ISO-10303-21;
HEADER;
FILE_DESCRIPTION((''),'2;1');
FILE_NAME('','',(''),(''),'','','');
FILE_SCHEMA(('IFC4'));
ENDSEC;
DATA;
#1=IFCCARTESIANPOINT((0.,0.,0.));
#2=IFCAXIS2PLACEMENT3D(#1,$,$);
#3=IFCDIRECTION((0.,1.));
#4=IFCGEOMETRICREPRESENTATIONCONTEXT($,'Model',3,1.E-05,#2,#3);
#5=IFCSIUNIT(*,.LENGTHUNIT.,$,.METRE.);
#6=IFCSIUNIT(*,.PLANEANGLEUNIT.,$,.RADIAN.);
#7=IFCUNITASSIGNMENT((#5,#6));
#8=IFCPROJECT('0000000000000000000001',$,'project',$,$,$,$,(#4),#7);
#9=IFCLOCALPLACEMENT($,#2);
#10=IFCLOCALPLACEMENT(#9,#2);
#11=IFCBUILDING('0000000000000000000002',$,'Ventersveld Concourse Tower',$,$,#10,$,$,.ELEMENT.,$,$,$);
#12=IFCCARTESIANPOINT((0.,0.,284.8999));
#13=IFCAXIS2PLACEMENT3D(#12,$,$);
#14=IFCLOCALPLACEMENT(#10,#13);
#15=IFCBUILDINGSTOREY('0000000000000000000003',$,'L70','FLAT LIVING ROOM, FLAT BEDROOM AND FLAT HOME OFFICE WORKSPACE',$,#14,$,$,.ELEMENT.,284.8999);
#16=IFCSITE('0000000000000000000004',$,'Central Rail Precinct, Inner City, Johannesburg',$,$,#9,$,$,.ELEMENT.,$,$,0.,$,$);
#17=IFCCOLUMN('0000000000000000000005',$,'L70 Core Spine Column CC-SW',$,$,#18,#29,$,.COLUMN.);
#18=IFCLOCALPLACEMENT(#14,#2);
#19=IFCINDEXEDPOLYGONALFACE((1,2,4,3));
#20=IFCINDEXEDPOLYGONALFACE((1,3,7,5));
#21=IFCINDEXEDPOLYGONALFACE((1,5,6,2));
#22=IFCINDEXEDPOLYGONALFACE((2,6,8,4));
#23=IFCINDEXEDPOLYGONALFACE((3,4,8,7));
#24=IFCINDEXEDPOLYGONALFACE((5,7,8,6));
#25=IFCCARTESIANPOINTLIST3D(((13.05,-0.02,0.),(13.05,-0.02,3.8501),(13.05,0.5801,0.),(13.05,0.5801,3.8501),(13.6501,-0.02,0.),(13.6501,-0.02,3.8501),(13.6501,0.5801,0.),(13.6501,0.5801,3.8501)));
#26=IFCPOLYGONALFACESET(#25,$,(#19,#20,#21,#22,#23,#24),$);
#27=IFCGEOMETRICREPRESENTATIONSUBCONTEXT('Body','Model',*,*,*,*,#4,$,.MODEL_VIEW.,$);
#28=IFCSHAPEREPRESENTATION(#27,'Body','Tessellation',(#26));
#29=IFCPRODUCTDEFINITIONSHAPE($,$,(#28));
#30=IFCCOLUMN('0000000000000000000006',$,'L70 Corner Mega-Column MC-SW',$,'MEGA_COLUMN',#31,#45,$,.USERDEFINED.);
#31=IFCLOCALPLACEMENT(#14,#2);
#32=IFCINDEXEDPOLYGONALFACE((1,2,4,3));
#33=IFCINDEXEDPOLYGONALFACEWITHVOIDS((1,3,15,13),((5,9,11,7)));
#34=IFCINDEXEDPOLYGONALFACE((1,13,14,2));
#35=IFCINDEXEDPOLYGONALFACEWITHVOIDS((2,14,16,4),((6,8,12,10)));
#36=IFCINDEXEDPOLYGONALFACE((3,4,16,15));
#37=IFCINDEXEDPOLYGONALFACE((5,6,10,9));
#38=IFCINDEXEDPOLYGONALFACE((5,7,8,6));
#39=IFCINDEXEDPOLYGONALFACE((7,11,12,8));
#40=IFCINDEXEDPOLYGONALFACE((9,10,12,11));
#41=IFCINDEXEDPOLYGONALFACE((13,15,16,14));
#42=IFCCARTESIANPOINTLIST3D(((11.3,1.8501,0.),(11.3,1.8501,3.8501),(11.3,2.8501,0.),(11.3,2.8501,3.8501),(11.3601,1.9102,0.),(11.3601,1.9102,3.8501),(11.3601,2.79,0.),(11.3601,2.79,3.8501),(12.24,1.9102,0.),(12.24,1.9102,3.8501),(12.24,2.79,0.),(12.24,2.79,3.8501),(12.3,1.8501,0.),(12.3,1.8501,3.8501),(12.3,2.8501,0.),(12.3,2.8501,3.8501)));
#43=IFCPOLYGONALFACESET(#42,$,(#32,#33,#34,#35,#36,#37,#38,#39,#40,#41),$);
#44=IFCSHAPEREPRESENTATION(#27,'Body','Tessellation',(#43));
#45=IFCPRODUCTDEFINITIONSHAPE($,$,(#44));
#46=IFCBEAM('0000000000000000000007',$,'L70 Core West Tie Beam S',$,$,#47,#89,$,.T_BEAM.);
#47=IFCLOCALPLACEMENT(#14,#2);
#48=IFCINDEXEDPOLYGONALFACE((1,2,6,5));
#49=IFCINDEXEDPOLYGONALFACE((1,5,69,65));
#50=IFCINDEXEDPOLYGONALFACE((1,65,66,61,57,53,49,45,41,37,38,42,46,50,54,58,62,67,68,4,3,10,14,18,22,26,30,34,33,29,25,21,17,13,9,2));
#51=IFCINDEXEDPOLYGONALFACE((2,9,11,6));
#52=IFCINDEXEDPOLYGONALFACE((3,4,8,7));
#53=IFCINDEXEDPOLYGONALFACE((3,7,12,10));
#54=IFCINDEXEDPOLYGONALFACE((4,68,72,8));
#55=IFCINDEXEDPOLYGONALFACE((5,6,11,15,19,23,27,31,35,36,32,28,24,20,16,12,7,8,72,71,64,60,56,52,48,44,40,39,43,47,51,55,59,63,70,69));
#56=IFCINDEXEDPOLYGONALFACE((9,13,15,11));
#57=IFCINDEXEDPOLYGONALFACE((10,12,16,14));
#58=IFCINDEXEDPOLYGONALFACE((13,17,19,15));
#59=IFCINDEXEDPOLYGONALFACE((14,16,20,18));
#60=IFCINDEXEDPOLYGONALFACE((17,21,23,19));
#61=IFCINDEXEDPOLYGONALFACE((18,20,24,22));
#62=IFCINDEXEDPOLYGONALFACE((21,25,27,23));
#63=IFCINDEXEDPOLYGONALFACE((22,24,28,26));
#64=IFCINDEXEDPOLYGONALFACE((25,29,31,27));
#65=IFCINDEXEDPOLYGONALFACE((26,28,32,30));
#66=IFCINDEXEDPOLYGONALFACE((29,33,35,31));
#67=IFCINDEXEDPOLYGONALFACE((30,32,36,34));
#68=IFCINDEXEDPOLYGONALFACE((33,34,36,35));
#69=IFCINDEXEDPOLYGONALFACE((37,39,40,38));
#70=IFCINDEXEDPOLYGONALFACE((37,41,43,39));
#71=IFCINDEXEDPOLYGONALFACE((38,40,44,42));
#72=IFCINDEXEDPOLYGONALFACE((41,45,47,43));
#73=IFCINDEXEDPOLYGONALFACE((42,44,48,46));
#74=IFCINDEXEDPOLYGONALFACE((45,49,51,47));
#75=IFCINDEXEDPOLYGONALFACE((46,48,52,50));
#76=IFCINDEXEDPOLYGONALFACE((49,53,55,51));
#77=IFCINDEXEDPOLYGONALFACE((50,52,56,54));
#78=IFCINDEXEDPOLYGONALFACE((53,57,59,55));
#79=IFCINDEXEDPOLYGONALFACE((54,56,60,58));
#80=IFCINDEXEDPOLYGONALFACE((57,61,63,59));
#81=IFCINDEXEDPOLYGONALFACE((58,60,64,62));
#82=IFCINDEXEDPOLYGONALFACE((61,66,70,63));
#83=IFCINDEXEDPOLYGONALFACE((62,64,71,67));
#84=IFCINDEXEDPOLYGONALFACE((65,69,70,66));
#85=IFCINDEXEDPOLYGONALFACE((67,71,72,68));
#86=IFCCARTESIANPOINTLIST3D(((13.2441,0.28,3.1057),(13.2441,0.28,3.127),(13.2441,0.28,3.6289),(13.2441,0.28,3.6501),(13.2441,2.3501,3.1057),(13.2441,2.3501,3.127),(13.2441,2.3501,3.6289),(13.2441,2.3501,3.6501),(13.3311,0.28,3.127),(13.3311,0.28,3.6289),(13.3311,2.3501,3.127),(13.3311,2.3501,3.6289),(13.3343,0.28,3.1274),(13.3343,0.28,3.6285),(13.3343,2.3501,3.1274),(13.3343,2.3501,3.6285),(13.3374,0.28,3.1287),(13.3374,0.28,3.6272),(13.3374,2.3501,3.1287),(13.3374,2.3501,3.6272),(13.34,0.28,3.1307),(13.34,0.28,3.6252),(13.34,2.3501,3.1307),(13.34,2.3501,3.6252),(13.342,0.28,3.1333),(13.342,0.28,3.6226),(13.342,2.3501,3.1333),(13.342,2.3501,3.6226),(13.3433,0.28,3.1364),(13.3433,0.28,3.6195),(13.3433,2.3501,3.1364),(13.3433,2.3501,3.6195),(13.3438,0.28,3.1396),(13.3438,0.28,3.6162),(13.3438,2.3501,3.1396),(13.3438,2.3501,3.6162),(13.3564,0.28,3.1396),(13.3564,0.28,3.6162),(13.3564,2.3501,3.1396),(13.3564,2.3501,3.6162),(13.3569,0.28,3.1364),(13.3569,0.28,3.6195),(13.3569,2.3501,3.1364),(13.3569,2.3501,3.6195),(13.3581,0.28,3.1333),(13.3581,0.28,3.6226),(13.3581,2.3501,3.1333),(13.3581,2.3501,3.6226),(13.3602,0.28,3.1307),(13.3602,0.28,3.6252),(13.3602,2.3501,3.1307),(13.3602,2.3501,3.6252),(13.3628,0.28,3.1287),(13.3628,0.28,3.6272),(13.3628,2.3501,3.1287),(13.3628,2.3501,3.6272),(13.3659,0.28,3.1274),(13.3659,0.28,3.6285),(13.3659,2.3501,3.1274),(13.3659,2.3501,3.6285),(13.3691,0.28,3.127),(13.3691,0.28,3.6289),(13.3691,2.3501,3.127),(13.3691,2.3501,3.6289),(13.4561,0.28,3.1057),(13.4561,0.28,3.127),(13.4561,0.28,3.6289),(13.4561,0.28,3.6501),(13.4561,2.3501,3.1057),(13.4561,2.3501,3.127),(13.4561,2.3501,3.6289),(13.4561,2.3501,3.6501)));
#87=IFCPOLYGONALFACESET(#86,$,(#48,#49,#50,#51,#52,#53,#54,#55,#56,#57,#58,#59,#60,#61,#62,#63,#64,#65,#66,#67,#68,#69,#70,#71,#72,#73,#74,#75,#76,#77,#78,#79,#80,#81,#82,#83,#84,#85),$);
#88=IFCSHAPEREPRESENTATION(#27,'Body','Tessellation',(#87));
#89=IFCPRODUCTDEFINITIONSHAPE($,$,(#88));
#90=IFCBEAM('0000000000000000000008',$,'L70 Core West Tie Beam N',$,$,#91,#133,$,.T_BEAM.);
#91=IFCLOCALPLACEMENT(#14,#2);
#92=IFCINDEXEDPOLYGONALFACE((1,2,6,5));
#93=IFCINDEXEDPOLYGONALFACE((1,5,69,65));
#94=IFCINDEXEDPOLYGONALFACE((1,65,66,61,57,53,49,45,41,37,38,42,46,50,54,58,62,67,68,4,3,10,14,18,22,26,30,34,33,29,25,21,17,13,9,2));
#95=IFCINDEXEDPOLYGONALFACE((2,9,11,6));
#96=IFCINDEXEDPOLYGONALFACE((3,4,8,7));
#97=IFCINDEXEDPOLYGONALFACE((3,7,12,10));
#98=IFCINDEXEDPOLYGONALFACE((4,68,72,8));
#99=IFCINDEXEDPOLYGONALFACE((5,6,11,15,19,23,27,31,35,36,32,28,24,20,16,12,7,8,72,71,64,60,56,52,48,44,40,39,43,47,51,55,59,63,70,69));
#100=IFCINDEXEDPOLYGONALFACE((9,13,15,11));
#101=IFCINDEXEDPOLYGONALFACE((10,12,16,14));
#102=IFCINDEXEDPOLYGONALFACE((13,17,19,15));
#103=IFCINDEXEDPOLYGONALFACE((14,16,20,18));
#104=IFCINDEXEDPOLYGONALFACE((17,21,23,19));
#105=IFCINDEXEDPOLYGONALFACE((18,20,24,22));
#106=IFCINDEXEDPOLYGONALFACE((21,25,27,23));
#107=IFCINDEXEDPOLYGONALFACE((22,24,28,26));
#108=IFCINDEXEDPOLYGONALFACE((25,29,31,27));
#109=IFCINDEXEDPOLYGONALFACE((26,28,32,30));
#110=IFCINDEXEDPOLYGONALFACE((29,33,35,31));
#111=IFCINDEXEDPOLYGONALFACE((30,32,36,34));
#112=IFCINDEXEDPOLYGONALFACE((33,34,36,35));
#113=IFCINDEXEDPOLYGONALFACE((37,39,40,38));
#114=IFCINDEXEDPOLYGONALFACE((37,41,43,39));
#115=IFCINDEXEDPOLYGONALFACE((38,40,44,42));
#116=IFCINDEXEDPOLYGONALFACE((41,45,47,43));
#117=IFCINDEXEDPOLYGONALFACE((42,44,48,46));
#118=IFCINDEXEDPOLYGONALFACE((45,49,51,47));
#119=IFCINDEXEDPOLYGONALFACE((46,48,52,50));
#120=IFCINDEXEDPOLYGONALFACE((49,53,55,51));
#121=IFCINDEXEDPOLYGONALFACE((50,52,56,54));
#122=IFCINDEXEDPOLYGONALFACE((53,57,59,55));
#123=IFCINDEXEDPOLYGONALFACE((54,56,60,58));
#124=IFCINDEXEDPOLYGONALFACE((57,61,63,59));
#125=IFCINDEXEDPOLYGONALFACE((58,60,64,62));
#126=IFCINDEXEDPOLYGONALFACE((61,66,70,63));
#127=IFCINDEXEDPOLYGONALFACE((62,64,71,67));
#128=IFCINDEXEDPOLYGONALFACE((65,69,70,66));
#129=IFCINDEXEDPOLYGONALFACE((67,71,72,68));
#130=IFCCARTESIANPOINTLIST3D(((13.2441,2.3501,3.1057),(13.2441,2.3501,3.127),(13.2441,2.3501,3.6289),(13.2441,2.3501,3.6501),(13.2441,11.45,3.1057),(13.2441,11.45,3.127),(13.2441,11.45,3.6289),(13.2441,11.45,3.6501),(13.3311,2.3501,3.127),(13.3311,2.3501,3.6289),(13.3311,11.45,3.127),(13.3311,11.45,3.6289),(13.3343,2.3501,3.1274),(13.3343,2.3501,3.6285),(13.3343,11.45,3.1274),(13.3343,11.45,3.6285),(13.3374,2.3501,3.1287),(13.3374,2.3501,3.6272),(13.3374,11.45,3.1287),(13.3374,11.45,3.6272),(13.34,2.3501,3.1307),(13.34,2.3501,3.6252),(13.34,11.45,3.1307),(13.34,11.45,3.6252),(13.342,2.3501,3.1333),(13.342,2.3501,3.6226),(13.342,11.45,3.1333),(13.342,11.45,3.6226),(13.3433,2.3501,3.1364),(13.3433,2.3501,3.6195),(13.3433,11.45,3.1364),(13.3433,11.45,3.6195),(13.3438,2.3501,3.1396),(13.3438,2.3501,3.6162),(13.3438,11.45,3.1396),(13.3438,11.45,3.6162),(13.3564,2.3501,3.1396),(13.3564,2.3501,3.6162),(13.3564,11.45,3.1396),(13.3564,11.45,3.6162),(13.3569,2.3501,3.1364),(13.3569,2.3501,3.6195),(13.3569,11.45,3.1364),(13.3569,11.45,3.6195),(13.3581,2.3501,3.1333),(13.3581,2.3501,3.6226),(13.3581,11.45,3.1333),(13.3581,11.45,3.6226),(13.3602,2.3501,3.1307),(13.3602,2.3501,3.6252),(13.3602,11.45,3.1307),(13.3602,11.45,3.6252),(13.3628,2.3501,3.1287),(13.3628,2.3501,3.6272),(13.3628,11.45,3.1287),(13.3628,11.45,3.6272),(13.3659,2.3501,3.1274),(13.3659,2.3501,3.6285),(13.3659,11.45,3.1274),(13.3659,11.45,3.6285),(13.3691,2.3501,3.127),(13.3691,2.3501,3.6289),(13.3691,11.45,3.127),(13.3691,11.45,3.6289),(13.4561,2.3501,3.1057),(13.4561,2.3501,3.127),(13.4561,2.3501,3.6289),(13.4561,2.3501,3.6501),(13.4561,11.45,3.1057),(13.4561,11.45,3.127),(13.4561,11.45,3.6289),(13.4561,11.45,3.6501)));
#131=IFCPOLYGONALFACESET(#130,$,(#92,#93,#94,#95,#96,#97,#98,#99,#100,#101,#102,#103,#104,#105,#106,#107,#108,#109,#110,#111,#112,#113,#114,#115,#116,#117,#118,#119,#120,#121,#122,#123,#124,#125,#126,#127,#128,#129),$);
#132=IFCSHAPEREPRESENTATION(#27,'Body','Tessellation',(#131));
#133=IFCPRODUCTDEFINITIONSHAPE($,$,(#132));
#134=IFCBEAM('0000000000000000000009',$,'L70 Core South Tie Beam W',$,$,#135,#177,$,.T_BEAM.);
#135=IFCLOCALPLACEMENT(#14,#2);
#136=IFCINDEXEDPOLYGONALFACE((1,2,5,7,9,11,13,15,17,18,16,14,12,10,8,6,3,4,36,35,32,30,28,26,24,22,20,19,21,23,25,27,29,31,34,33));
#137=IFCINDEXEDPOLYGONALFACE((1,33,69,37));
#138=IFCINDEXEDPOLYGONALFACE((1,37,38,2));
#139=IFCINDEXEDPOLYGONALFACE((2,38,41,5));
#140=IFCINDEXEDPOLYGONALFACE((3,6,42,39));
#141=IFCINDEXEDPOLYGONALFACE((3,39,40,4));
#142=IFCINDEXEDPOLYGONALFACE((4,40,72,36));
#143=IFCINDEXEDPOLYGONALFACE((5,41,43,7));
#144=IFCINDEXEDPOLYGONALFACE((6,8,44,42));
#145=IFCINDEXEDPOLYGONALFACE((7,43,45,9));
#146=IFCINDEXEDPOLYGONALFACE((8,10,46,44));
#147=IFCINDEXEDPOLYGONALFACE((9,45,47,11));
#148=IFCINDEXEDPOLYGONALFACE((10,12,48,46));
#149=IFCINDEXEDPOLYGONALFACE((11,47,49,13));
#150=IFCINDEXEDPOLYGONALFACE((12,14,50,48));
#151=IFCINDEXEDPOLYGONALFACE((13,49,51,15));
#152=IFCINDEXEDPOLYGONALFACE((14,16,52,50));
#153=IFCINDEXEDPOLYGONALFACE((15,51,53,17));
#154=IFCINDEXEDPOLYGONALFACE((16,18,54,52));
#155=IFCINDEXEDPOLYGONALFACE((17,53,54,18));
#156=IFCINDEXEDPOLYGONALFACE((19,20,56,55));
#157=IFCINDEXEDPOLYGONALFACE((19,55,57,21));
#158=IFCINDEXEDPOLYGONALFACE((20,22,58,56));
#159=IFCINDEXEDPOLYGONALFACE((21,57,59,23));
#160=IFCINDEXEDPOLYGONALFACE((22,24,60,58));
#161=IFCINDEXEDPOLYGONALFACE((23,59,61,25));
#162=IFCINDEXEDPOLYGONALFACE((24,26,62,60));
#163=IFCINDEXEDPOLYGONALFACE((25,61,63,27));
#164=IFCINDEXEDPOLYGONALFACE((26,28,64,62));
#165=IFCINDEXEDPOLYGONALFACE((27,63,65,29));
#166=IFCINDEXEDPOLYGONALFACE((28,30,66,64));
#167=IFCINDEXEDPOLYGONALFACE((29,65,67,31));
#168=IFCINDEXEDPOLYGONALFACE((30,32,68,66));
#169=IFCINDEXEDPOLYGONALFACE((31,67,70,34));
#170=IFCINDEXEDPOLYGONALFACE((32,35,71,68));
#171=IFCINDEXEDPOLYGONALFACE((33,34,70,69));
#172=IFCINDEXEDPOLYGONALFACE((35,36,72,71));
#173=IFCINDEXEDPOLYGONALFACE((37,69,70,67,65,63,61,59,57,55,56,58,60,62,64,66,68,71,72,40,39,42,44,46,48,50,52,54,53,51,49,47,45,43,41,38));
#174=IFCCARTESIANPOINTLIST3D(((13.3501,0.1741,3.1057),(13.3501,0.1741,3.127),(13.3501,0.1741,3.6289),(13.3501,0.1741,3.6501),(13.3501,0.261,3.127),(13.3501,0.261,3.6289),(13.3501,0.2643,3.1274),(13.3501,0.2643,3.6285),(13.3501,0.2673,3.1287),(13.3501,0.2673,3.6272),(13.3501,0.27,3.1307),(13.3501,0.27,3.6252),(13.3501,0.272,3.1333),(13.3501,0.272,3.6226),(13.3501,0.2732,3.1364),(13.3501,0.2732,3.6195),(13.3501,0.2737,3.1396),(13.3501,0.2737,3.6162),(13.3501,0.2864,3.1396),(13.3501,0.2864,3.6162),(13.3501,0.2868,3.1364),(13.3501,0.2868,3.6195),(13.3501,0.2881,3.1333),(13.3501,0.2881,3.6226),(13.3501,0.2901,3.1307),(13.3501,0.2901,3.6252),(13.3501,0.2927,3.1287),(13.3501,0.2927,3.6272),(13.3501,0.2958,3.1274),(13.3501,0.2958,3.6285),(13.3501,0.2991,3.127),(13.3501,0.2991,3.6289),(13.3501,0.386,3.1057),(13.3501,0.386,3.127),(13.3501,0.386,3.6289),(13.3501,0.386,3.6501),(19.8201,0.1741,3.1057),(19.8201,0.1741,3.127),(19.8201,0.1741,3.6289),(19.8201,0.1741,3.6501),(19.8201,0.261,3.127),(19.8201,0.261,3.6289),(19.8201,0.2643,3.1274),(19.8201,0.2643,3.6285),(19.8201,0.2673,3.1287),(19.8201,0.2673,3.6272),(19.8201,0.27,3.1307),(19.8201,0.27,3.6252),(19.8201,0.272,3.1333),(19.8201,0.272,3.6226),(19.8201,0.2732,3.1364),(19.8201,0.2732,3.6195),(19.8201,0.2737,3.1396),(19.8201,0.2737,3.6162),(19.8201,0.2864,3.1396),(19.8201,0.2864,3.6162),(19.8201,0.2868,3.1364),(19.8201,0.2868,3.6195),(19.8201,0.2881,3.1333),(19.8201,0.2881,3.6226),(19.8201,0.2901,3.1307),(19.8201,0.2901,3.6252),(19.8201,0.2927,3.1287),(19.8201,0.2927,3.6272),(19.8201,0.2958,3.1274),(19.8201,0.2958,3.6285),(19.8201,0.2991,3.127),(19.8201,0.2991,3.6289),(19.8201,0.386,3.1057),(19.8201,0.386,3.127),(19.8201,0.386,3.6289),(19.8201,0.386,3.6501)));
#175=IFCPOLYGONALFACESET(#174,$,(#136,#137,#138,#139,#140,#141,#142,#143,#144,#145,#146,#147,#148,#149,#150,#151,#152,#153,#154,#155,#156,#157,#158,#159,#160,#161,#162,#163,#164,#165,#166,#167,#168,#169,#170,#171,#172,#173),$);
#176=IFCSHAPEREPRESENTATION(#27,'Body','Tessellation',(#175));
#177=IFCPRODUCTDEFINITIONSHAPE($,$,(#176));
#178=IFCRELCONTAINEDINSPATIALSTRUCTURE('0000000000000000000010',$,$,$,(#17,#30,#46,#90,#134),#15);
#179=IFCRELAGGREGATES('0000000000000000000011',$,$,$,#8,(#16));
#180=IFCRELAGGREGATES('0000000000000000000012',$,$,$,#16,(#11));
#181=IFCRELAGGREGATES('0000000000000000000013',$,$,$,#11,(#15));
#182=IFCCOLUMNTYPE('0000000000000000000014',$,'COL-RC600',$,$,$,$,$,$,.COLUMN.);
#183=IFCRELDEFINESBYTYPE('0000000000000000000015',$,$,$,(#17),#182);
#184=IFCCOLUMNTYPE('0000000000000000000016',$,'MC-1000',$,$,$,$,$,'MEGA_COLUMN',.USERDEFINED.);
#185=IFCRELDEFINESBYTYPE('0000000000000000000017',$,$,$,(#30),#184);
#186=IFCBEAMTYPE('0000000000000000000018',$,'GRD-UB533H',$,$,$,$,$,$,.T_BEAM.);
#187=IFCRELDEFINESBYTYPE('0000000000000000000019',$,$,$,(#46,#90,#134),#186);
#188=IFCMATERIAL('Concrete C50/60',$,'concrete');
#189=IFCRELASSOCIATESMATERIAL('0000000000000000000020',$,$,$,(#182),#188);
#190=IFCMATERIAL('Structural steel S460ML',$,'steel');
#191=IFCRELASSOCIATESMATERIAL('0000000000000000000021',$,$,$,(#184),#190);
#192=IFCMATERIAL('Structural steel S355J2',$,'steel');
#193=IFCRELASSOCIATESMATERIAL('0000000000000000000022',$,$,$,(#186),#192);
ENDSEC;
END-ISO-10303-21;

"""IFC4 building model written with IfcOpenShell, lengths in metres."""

from ifc_helpers import new_model, si_unit, direction, frame, origin, origin_2d, place, context, subcontext, project, spatial, rectangle, hollow_rectangle, i_section, extrude, material, material_profile, profile_set, type_object, element, save


model = new_model("IFC4")

# Units and contexts
model_context = context("Model", 3, precision=1e-05, world=origin(), true_north=direction((0.0, 1.0)))
body_context = subcontext(model_context, "Body", "Model", "MODEL_VIEW")
ifc_project = project(units=[si_unit("LENGTHUNIT", "METRE"), si_unit("PLANEANGLEUNIT", "RADIAN")], contexts=[model_context])

# Site, building, storey
site_placement = place(None, origin())
site = spatial("IfcSite", under=ifc_project, at=site_placement, Name="Central Rail Precinct, Inner City, Johannesburg", CompositionType="ELEMENT", RefElevation=0.0)
building_placement = place(site_placement, origin())
building = spatial("IfcBuilding", under=site, at=building_placement, Name="Ventersveld Concourse Tower", CompositionType="ELEMENT")
storey_placement = place(building_placement, frame((0.0, 0.0, 284.8999)))
storey = spatial("IfcBuildingStorey", under=building, at=storey_placement, Name="L70", Description="FLAT LIVING ROOM, FLAT BEDROOM AND FLAT HOME OFFICE WORKSPACE", CompositionType="ELEMENT", Elevation=284.8999)

# Columns
ifc_material_1 = material(Name="Concrete C50/60", Category="concrete")
ifc_material_profile_1 = material_profile(ifc_material_1, rectangle(XDim=0.6001, YDim=0.6001, at=origin_2d()), Name="RC 600x600")
ifc_profile_set_1 = profile_set([ifc_material_profile_1], Name="Concrete C50/60")
column_type_1 = type_object("IfcColumnType", Name="COL-RC600", PredefinedType="COLUMN", material=ifc_profile_set_1)
column_1_placement = place(storey_placement, frame((13.3501, 0.28, 0.0), z_axis=(0.0, 0.0, 1.0), x_axis=(1.0, 0.0, 0.0)))
element("IfcColumn", 1, at=column_1_placement, inside=storey, type_object=column_type_1, Name="L70 Core Spine Column CC-SW", PredefinedType="COLUMN", context=body_context, shape_type="SweptSolid", body=[
    extrude(rectangle(XDim=0.6001, YDim=0.6001, at=origin_2d()), origin(), (0.0, 0.0, 1.0), 3.8501),
])
ifc_material_2 = material(Name="Structural steel S460ML", Category="steel")
ifc_material_profile_2 = material_profile(ifc_material_2, hollow_rectangle(XDim=1.0, YDim=1.0, WallThickness=0.0601, at=origin_2d()), Name="BOX 1000x1000x60")
ifc_profile_set_2 = profile_set([ifc_material_profile_2], Name="Structural steel S460ML")
column_type_2 = type_object("IfcColumnType", Name="MC-1000", ElementType="MEGA_COLUMN", PredefinedType="USERDEFINED", material=ifc_profile_set_2)
column_2_placement = place(storey_placement, frame((11.8, 2.3501, 0.0), z_axis=(0.0, 0.0, 1.0), x_axis=(1.0, 0.0, 0.0)))
element("IfcColumn", 2, at=column_2_placement, inside=storey, type_object=column_type_2, Name="L70 Corner Mega-Column MC-SW", ObjectType="MEGA_COLUMN", PredefinedType="USERDEFINED", context=body_context, shape_type="SweptSolid", body=[
    extrude(hollow_rectangle(XDim=1.0, YDim=1.0, WallThickness=0.0601, at=origin_2d()), origin(), (0.0, 0.0, 1.0), 3.8501),
])

# Beams
ifc_material_3 = material(Name="Structural steel S355J2", Category="steel")
ifc_material_profile_3 = material_profile(ifc_material_3, i_section(OverallWidth=0.2119, OverallDepth=0.5444, WebThickness=0.0127, FlangeThickness=0.0212, FilletRadius=0.0127, at=origin_2d()), Name="UB 533x210x122")
ifc_profile_set_3 = profile_set([ifc_material_profile_3], Name="Structural steel S355J2")
beam_type_1 = type_object("IfcBeamType", Name="GRD-UB533H", PredefinedType="T_BEAM", material=ifc_profile_set_3)
beam_1_placement = place(storey_placement, frame((13.3501, 0.28, 3.3779), z_axis=(0.0, 1.0, 0.0), x_axis=(-1.0, 0.0, 0.0)))
element("IfcBeam", 3, at=beam_1_placement, inside=storey, type_object=beam_type_1, Name="L70 Core West Tie Beam S", PredefinedType="T_BEAM", context=body_context, shape_type="SweptSolid", body=[
    extrude(i_section(OverallWidth=0.2119, OverallDepth=0.5444, WebThickness=0.0127, FlangeThickness=0.0212, FilletRadius=0.0127, at=origin_2d()), origin(), (0.0, 0.0, 1.0), 2.0701),
])
beam_2_placement = place(storey_placement, frame((13.3501, 2.3501, 3.3779), z_axis=(0.0, 1.0, 0.0), x_axis=(-1.0, 0.0, 0.0)))
element("IfcBeam", 4, at=beam_2_placement, inside=storey, type_object=beam_type_1, Name="L70 Core West Tie Beam N", PredefinedType="T_BEAM", context=body_context, shape_type="SweptSolid", body=[
    extrude(i_section(OverallWidth=0.2119, OverallDepth=0.5444, WebThickness=0.0127, FlangeThickness=0.0212, FilletRadius=0.0127, at=origin_2d()), origin(), (0.0, 0.0, 1.0), 9.0999),
])
beam_3_placement = place(storey_placement, frame((13.3501, 0.28, 3.3779), z_axis=(1.0, 0.0, 0.0), x_axis=(0.0, 1.0, 0.0)))
element("IfcBeam", 5, at=beam_3_placement, inside=storey, type_object=beam_type_1, Name="L70 Core South Tie Beam W", PredefinedType="T_BEAM", context=body_context, shape_type="SweptSolid", body=[
    extrude(i_section(OverallWidth=0.2119, OverallDepth=0.5444, WebThickness=0.0127, FlangeThickness=0.0212, FilletRadius=0.0127, at=origin_2d()), origin(), (0.0, 0.0, 1.0), 6.47),
])

save(model, "model.ifc")
